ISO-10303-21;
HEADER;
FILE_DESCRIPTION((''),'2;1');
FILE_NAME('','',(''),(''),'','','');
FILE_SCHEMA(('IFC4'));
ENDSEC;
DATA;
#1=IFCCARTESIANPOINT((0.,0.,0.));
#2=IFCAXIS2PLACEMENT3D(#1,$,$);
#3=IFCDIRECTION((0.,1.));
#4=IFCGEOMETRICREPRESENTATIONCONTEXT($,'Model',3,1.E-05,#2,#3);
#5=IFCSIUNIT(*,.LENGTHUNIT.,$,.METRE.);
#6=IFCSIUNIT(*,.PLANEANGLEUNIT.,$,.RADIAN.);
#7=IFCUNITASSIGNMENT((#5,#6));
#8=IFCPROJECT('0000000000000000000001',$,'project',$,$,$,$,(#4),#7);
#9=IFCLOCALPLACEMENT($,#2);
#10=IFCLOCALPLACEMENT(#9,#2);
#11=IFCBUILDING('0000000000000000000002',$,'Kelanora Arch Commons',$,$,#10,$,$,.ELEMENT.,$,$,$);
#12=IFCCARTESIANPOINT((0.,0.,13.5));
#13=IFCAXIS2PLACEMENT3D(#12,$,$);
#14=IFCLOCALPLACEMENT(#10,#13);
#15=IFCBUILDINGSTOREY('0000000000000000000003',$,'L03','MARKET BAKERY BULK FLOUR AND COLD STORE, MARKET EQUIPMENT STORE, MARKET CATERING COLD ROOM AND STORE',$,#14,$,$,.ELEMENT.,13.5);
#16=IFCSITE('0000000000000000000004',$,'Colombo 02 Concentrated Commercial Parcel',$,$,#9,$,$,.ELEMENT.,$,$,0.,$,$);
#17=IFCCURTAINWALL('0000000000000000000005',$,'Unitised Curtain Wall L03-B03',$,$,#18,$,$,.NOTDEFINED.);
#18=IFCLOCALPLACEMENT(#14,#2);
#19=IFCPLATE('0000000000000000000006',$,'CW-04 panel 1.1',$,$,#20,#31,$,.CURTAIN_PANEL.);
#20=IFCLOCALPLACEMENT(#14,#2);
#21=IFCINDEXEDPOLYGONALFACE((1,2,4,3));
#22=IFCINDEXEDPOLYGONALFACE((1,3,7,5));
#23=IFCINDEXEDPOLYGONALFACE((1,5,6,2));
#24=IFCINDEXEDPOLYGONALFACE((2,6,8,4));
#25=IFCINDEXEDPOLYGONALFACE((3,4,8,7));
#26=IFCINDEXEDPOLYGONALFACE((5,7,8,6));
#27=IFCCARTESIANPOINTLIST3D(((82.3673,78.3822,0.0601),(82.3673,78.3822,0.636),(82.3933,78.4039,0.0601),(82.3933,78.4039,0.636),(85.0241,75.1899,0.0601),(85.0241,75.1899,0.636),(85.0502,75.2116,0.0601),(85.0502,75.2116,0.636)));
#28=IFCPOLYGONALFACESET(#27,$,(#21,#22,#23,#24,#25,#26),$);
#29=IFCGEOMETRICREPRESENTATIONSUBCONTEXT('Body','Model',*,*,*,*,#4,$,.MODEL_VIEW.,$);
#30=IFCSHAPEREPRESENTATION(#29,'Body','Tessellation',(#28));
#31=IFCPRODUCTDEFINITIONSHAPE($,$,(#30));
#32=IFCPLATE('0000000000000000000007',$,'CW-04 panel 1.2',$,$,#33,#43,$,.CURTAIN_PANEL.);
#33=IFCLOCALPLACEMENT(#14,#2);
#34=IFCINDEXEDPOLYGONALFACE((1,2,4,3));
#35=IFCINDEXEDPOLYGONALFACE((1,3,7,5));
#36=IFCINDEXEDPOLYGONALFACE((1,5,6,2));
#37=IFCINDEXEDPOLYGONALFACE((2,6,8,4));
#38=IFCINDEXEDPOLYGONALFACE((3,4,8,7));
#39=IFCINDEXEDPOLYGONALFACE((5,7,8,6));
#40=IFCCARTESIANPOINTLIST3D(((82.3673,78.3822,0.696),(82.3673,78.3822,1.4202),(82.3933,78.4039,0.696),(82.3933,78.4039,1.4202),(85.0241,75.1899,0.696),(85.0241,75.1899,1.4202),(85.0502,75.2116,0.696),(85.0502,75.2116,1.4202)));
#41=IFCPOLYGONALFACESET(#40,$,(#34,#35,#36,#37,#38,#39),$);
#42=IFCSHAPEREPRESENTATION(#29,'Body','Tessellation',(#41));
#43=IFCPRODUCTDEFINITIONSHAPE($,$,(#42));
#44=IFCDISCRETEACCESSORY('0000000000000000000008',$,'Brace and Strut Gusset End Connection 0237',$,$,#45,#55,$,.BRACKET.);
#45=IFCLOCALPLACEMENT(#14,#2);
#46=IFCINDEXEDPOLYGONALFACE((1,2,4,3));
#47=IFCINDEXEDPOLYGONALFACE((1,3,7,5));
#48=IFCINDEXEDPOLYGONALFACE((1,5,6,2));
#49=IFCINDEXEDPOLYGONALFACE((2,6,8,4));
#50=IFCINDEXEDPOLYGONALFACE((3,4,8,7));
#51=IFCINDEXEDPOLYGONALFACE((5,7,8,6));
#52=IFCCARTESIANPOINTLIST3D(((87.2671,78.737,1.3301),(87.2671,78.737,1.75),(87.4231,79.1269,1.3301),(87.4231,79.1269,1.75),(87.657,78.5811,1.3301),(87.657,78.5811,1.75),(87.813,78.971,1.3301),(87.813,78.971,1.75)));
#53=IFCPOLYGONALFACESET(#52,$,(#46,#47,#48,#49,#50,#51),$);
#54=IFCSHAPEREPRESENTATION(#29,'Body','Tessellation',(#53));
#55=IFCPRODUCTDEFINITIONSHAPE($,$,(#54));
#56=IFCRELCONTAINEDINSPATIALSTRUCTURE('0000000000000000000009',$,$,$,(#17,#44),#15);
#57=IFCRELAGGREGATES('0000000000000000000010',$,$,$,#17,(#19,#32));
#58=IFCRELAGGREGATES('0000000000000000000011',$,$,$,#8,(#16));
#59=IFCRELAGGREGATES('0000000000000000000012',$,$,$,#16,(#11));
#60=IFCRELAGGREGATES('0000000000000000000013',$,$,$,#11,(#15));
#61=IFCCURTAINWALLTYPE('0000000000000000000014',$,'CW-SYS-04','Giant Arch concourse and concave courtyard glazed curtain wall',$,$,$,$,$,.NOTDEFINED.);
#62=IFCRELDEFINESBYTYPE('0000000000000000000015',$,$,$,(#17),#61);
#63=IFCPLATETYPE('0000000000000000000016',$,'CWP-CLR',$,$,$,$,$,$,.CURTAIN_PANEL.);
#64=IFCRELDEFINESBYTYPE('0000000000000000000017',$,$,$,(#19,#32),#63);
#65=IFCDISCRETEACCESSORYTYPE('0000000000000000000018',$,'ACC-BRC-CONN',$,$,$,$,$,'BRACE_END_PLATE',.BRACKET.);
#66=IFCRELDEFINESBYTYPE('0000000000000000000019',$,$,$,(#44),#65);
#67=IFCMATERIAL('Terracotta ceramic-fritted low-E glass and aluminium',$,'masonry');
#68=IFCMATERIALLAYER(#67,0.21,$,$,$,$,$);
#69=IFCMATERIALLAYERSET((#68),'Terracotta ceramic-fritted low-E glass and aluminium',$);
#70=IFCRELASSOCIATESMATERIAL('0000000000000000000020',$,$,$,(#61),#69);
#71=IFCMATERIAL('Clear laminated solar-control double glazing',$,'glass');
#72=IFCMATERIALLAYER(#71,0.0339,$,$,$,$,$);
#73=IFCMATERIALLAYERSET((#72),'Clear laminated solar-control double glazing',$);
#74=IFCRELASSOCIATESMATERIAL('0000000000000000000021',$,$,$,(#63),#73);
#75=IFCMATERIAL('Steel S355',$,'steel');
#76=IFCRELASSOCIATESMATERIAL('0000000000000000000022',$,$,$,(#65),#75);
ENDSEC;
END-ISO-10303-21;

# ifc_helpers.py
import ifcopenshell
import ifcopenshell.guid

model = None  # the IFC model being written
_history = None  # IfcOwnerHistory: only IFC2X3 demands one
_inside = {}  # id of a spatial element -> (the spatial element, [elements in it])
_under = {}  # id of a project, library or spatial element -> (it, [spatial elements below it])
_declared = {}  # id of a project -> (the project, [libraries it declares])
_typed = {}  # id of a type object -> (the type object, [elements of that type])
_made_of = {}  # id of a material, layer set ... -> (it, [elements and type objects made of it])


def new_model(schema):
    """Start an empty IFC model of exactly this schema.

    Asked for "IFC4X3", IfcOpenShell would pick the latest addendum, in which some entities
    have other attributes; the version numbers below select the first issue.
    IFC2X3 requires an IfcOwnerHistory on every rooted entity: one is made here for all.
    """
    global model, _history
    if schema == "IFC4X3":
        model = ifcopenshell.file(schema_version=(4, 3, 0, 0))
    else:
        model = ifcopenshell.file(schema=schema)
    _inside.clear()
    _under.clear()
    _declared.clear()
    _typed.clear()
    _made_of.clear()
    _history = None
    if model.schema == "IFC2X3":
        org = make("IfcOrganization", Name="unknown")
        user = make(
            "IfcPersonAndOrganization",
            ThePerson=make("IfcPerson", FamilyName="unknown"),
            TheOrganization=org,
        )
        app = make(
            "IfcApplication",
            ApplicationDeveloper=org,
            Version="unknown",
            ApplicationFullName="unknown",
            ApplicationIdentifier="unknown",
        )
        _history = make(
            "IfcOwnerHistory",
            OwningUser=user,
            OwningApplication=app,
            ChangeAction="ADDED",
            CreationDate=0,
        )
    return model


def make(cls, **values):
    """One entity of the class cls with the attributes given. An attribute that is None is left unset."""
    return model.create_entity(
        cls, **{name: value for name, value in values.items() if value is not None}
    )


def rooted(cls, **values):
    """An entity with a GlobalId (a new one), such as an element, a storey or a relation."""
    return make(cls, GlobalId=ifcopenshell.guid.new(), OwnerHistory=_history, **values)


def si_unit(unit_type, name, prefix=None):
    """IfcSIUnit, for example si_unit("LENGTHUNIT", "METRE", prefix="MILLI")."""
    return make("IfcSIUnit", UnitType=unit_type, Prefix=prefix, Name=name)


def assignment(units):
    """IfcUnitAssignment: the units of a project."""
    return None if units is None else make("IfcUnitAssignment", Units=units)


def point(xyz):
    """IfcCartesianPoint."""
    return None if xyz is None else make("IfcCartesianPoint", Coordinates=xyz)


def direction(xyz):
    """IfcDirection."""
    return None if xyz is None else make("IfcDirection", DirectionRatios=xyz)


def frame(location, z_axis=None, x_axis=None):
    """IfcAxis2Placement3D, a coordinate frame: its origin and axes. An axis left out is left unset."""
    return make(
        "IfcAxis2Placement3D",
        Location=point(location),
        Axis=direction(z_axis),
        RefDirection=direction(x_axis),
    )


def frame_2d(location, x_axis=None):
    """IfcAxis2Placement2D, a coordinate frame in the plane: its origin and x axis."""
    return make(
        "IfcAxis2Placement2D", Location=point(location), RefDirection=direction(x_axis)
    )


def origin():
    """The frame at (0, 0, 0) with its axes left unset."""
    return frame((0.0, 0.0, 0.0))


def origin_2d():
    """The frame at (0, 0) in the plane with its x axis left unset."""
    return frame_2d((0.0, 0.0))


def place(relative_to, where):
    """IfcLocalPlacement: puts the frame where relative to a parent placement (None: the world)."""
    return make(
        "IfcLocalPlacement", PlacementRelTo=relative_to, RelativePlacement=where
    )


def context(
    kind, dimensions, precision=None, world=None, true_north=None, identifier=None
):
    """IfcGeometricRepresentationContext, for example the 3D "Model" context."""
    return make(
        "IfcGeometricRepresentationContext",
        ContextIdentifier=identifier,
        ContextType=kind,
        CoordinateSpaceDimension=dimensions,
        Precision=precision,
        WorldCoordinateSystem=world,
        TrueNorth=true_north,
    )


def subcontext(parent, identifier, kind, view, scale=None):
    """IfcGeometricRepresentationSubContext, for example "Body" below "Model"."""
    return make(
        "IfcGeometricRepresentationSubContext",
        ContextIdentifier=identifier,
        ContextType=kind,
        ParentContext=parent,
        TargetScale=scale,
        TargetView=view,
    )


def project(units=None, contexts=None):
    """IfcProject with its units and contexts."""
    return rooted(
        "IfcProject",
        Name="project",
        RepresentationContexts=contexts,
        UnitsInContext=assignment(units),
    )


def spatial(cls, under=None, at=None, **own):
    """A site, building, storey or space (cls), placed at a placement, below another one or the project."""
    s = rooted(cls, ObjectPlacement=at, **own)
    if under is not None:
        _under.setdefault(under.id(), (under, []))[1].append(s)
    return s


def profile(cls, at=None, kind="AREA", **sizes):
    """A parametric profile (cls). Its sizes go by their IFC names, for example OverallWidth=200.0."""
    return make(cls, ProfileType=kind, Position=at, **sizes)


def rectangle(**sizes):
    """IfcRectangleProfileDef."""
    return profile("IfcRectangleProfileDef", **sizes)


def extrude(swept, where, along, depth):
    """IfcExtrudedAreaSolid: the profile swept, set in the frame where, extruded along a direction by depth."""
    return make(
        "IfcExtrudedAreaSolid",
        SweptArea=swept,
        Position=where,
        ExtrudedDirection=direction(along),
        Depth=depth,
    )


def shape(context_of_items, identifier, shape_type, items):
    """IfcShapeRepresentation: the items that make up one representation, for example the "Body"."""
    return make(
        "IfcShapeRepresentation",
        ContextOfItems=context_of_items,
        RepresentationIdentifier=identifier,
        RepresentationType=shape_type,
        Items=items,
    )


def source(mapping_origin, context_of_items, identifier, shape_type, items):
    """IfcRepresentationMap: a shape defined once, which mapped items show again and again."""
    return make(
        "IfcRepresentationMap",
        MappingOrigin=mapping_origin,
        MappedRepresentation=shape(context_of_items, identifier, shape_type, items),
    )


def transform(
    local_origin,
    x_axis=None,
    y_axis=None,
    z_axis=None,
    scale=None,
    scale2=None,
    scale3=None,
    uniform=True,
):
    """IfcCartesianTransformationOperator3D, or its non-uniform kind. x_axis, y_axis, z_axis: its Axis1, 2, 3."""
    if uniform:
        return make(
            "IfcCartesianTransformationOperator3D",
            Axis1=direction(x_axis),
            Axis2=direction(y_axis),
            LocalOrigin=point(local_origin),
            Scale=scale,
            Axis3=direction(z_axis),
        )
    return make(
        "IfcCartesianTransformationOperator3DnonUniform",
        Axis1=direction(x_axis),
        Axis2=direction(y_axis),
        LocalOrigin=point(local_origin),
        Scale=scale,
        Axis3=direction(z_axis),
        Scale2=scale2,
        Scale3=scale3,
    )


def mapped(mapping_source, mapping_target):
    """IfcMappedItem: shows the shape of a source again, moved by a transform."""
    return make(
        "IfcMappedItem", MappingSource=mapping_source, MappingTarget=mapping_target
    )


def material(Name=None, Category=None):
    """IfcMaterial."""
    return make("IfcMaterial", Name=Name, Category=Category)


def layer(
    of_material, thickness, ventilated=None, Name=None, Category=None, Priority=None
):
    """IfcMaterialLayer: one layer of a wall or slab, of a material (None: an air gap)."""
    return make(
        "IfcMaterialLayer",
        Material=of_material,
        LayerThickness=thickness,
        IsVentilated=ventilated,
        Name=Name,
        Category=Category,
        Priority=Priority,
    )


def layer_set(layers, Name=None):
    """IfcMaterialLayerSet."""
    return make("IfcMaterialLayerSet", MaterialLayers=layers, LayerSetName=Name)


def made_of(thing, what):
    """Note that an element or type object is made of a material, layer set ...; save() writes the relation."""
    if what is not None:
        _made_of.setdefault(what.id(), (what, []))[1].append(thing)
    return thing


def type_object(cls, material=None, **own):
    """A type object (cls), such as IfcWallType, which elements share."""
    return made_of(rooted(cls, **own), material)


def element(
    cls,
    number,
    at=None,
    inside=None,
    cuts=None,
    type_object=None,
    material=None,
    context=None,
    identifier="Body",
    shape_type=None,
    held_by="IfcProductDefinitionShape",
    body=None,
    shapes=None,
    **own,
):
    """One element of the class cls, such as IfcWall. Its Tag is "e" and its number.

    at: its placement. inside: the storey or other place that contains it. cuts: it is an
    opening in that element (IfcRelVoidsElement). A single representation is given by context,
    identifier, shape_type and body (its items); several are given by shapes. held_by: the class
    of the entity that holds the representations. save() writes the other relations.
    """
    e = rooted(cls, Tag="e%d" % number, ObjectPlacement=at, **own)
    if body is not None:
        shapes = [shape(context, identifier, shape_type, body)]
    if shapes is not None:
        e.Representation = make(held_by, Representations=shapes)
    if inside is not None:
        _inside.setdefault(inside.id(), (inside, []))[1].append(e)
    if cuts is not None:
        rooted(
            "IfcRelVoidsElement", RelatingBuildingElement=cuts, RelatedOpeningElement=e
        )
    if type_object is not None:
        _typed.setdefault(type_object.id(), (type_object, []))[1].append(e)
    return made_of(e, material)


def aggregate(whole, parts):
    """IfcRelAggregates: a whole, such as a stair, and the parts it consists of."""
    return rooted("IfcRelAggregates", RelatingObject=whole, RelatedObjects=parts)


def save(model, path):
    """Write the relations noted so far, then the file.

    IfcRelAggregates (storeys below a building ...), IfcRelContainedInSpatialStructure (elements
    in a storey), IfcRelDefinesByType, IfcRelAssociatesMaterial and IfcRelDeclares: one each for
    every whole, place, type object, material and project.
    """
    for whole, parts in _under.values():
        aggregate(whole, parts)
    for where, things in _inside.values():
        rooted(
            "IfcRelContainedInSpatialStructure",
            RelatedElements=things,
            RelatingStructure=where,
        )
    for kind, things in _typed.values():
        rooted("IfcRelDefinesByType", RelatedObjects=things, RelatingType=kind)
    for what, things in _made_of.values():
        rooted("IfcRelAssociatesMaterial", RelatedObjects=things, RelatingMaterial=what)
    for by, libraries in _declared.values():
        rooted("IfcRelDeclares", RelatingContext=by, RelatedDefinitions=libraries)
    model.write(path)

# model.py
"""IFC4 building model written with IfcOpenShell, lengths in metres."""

from ifc_helpers import new_model, si_unit, direction, frame, origin, origin_2d, place, context, subcontext, project, spatial, rectangle, extrude, source, transform, mapped, material, layer, layer_set, type_object, element, aggregate, save


model = new_model("IFC4")

# Units and contexts
model_context = context("Model", 3, precision=1e-05, world=origin(), true_north=direction((0.0, 1.0)))
body_context = subcontext(model_context, "Body", "Model", "MODEL_VIEW")
ifc_project = project(units=[si_unit("LENGTHUNIT", "METRE"), si_unit("PLANEANGLEUNIT", "RADIAN")], contexts=[model_context])

# Site, building, storey
site_placement = place(None, origin())
site = spatial("IfcSite", under=ifc_project, at=site_placement, Name="Colombo 02 Concentrated Commercial Parcel", CompositionType="ELEMENT", RefElevation=0.0)
building_placement = place(site_placement, origin())
building = spatial("IfcBuilding", under=site, at=building_placement, Name="Kelanora Arch Commons", CompositionType="ELEMENT")
storey_placement = place(building_placement, frame((0.0, 0.0, 13.5)))
storey = spatial("IfcBuildingStorey", under=building, at=storey_placement, Name="L03", Description="MARKET BAKERY BULK FLOUR AND COLD STORE, MARKET EQUIPMENT STORE, MARKET CATERING COLD ROOM AND STORE", CompositionType="ELEMENT", Elevation=13.5)

# Shared definitions
ifc_material_1 = material(Name="Steel S355", Category="steel")

# Curtain wall
ifc_material_2 = material(Name="Terracotta ceramic-fritted low-E glass and aluminium", Category="masonry")
ifc_layer_1 = layer(ifc_material_2, 0.21)
ifc_layer_set_1 = layer_set([ifc_layer_1], Name="Terracotta ceramic-fritted low-E glass and aluminium")
curtain_wall_type = type_object("IfcCurtainWallType", Name="CW-SYS-04", Description="Giant Arch concourse and concave courtyard glazed curtain wall", PredefinedType="NOTDEFINED", material=ifc_layer_set_1)
curtain_wall_1_placement = place(storey_placement, origin())
curtain_wall_1 = element("IfcCurtainWall", 1, at=curtain_wall_1_placement, inside=storey, type_object=curtain_wall_type, Name="Unitised Curtain Wall L03-B03", PredefinedType="NOTDEFINED")

# Plates
ifc_material_3 = material(Name="Clear laminated solar-control double glazing", Category="glass")
ifc_layer_2 = layer(ifc_material_3, 0.0339)
ifc_layer_set_2 = layer_set([ifc_layer_2], Name="Clear laminated solar-control double glazing")
plate_type = type_object("IfcPlateType", Name="CWP-CLR", PredefinedType="CURTAIN_PANEL", material=ifc_layer_set_2)
shared_shape_1 = source(origin(), body_context, "Body", "SweptSolid", [
    extrude(rectangle(XDim=4.1533, YDim=0.0339, at=origin_2d()), origin(), (0.0, 0.0, 1.0), 0.5759),
])
plate_1_placement = place(storey_placement, frame((83.7087, 76.7969, 0.0601), z_axis=(0.0, 0.0, 1.0), x_axis=(-0.639702, 0.768623, 0.0)))
plate_1 = element("IfcPlate", 2, at=plate_1_placement, type_object=plate_type, Name="CW-04 panel 1.1", PredefinedType="CURTAIN_PANEL", context=body_context, shape_type="MappedRepresentation", body=[
    mapped(shared_shape_1, transform((0.0, 0.0, 0.0), scale=1.0)),
])
shared_shape_2 = source(origin(), body_context, "Body", "SweptSolid", [
    extrude(rectangle(XDim=4.1533, YDim=0.0339, at=origin_2d()), origin(), (0.0, 0.0, 1.0), 0.7241),
])
plate_2_placement = place(storey_placement, frame((83.7087, 76.7969, 0.696), z_axis=(0.0, 0.0, 1.0), x_axis=(-0.639702, 0.768623, 0.0)))
plate_2 = element("IfcPlate", 3, at=plate_2_placement, type_object=plate_type, Name="CW-04 panel 1.2", PredefinedType="CURTAIN_PANEL", context=body_context, shape_type="MappedRepresentation", body=[
    mapped(shared_shape_2, transform((0.0, 0.0, 0.0), scale=1.0)),
])
aggregate(curtain_wall_1, [plate_1, plate_2])

# Discrete accessory
discrete_accessory_type = type_object("IfcDiscreteAccessoryType", Name="ACC-BRC-CONN", ElementType="BRACE_END_PLATE", PredefinedType="BRACKET", material=ifc_material_1)
shared_shape_3 = source(origin(), body_context, "Body", "SweptSolid", [
    extrude(rectangle(XDim=0.4199, YDim=0.4199, at=origin_2d()), origin(), (0.0, 0.0, 1.0), 0.4199),
])
discrete_accessory_placement = place(storey_placement, frame((87.54, 78.854, 1.3301), z_axis=(0.0, 0.0, 1.0), x_axis=(0.371368, 0.928486, 0.0)))
element("IfcDiscreteAccessory", 4, at=discrete_accessory_placement, inside=storey, type_object=discrete_accessory_type, Name="Brace and Strut Gusset End Connection 0237", PredefinedType="BRACKET", context=body_context, shape_type="MappedRepresentation", body=[
    mapped(shared_shape_3, transform((0.0, 0.0, 0.0), scale=1.0)),
])

save(model, "model.ifc")
